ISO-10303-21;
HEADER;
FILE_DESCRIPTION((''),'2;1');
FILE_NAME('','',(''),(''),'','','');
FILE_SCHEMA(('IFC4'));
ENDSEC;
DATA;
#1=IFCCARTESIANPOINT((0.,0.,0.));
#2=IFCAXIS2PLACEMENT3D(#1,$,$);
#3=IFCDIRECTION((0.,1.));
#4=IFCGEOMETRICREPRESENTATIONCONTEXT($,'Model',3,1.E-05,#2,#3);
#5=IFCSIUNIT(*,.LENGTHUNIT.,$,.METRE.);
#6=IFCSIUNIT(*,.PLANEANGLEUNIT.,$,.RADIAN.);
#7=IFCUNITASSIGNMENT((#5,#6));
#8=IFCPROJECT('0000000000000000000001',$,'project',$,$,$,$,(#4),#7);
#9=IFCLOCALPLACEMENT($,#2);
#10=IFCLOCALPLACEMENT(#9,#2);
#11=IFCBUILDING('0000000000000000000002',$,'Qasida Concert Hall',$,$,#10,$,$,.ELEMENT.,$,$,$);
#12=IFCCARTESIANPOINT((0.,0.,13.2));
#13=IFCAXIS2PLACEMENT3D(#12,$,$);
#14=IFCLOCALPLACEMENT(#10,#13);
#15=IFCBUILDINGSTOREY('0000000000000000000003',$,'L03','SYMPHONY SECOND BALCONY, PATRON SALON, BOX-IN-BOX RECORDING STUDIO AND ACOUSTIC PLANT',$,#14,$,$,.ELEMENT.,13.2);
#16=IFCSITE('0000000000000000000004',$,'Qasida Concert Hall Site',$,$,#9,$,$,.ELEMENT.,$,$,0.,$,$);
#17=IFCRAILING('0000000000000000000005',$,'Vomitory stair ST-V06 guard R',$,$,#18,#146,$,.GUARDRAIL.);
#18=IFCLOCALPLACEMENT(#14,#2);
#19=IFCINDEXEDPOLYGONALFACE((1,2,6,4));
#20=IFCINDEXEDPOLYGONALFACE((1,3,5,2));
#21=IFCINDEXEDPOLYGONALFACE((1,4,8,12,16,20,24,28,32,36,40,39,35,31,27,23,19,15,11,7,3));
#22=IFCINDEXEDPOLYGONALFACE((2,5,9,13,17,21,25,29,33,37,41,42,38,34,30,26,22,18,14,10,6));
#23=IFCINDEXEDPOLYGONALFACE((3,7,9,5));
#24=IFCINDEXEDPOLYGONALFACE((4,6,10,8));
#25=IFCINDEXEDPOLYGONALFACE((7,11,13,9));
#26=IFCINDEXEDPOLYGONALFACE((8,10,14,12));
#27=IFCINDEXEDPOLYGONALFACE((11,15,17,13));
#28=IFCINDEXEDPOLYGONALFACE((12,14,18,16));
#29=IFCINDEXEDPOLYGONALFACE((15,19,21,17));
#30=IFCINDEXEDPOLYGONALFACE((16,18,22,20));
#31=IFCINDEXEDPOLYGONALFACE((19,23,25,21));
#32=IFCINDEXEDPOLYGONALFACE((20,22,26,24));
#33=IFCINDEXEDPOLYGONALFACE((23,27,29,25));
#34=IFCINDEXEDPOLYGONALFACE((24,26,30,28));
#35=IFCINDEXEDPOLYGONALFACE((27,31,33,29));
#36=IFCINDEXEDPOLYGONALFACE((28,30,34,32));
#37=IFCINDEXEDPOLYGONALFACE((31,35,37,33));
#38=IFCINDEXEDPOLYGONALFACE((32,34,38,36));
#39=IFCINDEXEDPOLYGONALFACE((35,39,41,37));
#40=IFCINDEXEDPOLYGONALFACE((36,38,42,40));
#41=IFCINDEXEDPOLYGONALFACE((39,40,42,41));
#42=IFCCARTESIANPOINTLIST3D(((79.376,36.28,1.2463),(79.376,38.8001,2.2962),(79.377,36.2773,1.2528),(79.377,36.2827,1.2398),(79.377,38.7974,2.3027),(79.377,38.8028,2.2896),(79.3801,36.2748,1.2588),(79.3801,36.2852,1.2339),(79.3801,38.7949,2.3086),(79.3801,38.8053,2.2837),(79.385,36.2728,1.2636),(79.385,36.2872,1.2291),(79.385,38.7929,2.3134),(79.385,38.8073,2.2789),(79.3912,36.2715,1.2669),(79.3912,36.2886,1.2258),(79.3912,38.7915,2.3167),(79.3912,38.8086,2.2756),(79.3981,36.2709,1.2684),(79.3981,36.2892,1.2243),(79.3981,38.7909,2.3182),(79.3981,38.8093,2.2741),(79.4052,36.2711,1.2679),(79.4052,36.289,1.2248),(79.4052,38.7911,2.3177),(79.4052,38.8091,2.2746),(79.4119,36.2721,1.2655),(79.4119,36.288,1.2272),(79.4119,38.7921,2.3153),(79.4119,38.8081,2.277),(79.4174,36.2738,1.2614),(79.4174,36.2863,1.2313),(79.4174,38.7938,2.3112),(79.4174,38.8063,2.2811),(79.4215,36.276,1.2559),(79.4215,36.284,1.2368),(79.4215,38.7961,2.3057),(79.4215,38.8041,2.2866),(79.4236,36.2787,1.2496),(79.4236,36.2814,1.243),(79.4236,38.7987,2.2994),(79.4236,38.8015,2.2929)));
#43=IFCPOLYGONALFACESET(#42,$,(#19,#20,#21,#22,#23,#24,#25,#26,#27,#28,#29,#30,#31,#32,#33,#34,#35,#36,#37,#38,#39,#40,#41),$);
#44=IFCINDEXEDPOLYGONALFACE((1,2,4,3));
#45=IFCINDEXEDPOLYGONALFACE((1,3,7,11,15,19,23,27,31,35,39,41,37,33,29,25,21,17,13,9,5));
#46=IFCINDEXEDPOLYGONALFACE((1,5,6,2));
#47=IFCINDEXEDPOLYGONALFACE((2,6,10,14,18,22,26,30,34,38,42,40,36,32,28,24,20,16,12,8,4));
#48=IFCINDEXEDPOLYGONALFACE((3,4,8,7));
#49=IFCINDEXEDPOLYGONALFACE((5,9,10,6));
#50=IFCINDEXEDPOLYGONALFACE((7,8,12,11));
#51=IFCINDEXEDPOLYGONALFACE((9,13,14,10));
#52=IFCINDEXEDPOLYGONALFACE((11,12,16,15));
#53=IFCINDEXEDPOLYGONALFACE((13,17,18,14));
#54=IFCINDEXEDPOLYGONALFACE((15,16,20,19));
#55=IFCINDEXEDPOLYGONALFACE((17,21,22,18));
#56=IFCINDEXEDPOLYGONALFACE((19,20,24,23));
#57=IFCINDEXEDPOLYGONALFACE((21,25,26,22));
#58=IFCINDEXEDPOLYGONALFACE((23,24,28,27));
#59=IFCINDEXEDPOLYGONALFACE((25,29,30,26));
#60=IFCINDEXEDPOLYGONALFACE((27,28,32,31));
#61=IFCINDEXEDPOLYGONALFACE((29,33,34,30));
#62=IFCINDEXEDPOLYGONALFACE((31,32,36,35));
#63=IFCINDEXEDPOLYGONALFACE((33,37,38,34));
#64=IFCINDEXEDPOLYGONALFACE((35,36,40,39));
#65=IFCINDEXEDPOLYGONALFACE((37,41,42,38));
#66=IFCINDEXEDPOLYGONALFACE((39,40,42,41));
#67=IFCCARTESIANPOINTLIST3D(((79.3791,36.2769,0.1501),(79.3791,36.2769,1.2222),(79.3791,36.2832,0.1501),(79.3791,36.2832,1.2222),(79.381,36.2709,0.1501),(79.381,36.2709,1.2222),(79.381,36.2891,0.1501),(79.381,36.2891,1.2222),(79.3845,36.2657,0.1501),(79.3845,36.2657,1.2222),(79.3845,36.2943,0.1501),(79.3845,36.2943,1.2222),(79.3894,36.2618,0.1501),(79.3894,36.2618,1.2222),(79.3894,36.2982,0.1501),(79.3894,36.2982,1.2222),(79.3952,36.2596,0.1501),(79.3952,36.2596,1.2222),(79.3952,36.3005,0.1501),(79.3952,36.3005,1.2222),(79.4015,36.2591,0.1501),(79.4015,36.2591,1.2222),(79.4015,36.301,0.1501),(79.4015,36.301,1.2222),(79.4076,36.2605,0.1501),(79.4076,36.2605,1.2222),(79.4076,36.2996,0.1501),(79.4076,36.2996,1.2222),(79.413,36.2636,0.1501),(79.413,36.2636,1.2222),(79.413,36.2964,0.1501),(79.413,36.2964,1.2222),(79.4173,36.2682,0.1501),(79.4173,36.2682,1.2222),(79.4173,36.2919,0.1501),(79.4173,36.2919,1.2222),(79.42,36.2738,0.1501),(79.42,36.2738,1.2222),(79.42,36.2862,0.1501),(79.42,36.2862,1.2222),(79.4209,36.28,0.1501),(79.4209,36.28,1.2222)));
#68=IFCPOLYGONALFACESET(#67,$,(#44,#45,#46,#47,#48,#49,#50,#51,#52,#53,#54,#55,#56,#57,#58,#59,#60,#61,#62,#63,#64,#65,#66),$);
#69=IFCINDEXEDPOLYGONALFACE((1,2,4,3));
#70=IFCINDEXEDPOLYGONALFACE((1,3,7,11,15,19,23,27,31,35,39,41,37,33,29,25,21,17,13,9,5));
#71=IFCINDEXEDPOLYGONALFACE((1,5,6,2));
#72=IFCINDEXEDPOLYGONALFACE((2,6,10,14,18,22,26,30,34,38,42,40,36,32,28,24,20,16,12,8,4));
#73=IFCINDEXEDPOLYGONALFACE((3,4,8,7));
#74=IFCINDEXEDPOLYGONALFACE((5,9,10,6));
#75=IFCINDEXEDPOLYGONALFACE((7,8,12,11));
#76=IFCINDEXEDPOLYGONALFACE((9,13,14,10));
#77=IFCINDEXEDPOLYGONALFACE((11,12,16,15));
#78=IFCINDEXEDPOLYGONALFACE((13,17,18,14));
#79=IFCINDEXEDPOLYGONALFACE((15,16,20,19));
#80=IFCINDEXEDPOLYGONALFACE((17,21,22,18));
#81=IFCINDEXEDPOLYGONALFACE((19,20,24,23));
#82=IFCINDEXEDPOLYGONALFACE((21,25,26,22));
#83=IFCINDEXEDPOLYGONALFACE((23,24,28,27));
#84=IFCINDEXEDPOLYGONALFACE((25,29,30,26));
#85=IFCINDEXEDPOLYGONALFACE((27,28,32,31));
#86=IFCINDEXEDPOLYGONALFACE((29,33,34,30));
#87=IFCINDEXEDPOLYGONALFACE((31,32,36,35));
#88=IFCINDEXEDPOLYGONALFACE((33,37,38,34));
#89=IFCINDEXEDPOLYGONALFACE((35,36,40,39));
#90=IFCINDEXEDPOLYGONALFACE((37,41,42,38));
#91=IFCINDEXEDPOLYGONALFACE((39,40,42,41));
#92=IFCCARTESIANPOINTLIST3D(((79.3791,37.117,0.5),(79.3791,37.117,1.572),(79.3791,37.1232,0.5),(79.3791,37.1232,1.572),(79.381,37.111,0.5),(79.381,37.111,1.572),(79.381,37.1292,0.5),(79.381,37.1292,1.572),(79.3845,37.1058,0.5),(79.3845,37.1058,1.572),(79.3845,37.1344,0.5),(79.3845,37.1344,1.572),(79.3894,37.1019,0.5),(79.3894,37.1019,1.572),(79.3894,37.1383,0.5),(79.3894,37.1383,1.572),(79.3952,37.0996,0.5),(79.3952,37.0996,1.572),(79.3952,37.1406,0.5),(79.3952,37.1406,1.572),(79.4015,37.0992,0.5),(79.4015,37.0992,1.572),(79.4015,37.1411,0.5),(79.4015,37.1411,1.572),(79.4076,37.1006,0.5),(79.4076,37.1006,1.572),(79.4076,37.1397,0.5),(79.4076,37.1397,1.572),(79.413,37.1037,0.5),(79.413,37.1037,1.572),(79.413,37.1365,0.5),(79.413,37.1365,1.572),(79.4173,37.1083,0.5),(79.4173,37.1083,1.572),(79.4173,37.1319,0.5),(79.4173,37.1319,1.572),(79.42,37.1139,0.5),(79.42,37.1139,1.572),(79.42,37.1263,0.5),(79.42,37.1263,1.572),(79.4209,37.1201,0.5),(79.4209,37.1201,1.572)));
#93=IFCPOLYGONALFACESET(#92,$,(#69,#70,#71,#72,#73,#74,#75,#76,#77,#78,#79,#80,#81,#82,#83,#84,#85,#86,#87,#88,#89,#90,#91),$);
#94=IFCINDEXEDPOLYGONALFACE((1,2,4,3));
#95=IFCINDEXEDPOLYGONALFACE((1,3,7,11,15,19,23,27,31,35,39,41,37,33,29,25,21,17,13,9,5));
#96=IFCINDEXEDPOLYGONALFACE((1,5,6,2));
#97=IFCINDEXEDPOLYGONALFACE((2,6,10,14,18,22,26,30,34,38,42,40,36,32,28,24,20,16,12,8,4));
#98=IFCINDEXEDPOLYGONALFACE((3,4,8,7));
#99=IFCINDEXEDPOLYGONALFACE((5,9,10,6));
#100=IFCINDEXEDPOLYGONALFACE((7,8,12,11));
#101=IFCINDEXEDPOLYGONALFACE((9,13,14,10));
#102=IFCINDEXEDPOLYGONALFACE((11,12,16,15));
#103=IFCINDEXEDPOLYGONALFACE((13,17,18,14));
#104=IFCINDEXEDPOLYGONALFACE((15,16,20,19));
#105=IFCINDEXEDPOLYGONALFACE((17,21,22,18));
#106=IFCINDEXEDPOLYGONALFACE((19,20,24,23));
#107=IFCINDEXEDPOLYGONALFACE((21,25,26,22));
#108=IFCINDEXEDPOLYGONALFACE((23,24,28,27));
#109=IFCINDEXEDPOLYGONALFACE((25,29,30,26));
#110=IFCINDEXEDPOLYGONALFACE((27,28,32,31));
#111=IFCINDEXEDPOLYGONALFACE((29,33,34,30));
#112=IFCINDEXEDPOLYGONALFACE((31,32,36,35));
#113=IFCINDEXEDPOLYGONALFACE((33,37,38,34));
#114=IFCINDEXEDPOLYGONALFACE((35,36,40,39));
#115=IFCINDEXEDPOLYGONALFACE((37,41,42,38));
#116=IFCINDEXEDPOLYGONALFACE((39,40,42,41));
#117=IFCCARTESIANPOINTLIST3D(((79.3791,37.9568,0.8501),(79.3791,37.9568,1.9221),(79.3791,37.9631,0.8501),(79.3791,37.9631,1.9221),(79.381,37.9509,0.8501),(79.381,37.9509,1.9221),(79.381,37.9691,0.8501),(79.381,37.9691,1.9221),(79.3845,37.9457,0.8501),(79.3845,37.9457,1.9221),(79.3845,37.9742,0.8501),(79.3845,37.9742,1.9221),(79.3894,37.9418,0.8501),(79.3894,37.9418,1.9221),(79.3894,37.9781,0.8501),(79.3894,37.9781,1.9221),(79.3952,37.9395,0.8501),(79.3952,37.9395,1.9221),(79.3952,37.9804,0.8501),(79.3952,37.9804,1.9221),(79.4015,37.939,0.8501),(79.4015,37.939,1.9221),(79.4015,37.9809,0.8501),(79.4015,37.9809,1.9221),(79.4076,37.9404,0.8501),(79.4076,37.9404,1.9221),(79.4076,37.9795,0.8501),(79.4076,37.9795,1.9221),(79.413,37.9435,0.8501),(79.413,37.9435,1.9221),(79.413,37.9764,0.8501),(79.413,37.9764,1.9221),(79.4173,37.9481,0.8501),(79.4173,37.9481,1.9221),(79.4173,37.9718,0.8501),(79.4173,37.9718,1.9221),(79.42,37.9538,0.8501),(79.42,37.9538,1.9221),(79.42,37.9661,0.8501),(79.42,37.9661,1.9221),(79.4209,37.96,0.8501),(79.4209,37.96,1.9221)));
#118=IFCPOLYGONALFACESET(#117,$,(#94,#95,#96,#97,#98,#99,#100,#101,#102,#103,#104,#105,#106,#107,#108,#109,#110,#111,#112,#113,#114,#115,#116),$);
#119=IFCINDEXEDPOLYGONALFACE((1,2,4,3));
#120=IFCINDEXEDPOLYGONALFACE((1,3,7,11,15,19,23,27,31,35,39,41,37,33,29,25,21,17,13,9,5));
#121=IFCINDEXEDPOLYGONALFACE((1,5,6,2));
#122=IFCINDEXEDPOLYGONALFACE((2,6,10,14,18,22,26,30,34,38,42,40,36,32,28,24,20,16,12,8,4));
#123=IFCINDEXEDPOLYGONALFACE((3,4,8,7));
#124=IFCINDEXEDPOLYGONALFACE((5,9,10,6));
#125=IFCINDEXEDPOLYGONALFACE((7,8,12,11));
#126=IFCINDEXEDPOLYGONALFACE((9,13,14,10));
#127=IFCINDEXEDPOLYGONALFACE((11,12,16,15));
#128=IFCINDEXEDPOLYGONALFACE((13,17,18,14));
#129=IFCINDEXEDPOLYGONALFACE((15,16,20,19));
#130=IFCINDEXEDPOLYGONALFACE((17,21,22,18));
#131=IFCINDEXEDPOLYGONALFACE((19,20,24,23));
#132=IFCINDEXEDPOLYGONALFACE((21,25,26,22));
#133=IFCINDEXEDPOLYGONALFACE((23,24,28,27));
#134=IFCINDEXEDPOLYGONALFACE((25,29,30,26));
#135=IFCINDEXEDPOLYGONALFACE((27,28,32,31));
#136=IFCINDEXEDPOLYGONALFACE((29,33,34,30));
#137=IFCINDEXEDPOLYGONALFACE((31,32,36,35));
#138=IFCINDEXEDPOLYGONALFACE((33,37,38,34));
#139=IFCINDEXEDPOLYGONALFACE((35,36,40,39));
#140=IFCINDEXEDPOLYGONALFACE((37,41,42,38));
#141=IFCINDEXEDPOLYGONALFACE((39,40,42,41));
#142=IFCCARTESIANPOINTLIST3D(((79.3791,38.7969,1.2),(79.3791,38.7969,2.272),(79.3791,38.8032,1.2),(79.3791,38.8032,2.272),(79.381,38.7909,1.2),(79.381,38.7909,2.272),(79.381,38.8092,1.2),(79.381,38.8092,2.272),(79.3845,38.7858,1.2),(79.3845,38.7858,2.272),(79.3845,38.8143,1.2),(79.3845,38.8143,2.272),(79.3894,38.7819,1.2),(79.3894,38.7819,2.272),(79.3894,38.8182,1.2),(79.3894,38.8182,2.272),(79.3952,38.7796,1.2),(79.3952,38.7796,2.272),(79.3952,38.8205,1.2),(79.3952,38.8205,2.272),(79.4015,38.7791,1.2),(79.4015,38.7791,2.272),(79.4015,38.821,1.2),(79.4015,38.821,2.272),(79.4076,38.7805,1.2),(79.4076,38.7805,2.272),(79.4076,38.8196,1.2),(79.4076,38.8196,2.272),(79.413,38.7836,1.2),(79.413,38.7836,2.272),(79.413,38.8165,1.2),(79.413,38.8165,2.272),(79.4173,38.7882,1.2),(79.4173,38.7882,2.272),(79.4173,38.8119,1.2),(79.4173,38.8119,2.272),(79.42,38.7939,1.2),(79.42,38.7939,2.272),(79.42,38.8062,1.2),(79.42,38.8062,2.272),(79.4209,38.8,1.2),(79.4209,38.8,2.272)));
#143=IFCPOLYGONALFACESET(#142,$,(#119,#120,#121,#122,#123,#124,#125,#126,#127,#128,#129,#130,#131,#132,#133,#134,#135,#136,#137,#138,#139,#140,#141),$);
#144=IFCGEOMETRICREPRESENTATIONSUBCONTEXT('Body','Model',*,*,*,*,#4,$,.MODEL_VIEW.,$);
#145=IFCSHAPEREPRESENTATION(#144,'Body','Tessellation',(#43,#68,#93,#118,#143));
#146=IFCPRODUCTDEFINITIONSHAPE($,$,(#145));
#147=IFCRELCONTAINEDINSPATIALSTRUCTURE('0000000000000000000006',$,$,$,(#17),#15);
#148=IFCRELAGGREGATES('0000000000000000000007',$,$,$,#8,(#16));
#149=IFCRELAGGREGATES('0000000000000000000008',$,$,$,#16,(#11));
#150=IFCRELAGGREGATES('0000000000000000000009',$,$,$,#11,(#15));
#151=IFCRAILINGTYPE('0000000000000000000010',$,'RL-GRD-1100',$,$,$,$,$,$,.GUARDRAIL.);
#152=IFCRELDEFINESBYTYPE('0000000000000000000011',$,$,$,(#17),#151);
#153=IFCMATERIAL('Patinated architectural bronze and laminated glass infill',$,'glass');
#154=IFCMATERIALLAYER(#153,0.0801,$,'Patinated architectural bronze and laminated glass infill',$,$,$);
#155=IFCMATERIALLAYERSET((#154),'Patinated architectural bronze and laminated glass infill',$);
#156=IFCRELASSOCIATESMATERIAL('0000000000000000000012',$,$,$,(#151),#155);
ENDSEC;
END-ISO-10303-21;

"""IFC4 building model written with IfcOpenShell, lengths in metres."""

from ifc_helpers import new_model, si_unit, direction, frame, origin, origin_2d, place, context, subcontext, project, spatial, circle, extrude, material, layer, layer_set, type_object, element, save


model = new_model("IFC4")

# Units and contexts
model_context = context("Model", 3, precision=1e-05, world=origin(), true_north=direction((0.0, 1.0)))
body_context = subcontext(model_context, "Body", "Model", "MODEL_VIEW")
ifc_project = project(units=[si_unit("LENGTHUNIT", "METRE"), si_unit("PLANEANGLEUNIT", "RADIAN")], contexts=[model_context])

# Site, building, storey
site_placement = place(None, origin())
site = spatial("IfcSite", under=ifc_project, at=site_placement, Name="Qasida Concert Hall Site", CompositionType="ELEMENT", RefElevation=0.0)
building_placement = place(site_placement, origin())
building = spatial("IfcBuilding", under=site, at=building_placement, Name="Qasida Concert Hall", CompositionType="ELEMENT")
storey_placement = place(building_placement, frame((0.0, 0.0, 13.2)))
storey = spatial("IfcBuildingStorey", under=building, at=storey_placement, Name="L03", Description="SYMPHONY SECOND BALCONY, PATRON SALON, BOX-IN-BOX RECORDING STUDIO AND ACOUSTIC PLANT", CompositionType="ELEMENT", Elevation=13.2)

# Railing
ifc_material_1 = material(Name="Patinated architectural bronze and laminated glass infill", Category="glass")
ifc_layer_1 = layer(ifc_material_1, 0.0801, Name="Patinated architectural bronze and laminated glass infill")
ifc_layer_set_1 = layer_set([ifc_layer_1], Name="Patinated architectural bronze and laminated glass infill")
railing_type_1 = type_object("IfcRailingType", Name="RL-GRD-1100", PredefinedType="GUARDRAIL", material=ifc_layer_set_1)
for number, where, name in (
    (1, (79.3999, 36.28, 0.1501), "Vomitory stair ST-V06 guard R"),
):
    element("IfcRailing", number, at=place(storey_placement, frame(where)), inside=storey, type_object=railing_type_1, Name=name, PredefinedType="GUARDRAIL", context=body_context, shape_type="SweptSolid", body=[
        extrude(circle(Radius=0.0239, at=origin_2d()), frame((0.0, 0.0, 1.0962), z_axis=(0.0, 0.923103, 0.384552), x_axis=(-1.0, 0.0, 0.0)), (0.0, 0.0, 1.0), 2.73),
        extrude(circle(Radius=0.021, at=origin_2d()), origin(), (0.0, 0.0, 1.0), 1.072),
        extrude(circle(Radius=0.021, at=origin_2d()), frame((0.0, 0.8401, 0.3499)), (0.0, 0.0, 1.0), 1.072),
        extrude(circle(Radius=0.021, at=origin_2d()), frame((0.0, 1.6799, 0.7)), (0.0, 0.0, 1.0), 1.072),
        extrude(circle(Radius=0.021, at=origin_2d()), frame((0.0, 2.52, 1.0498)), (0.0, 0.0, 1.0), 1.072),
    ])

save(model, "model.ifc")
